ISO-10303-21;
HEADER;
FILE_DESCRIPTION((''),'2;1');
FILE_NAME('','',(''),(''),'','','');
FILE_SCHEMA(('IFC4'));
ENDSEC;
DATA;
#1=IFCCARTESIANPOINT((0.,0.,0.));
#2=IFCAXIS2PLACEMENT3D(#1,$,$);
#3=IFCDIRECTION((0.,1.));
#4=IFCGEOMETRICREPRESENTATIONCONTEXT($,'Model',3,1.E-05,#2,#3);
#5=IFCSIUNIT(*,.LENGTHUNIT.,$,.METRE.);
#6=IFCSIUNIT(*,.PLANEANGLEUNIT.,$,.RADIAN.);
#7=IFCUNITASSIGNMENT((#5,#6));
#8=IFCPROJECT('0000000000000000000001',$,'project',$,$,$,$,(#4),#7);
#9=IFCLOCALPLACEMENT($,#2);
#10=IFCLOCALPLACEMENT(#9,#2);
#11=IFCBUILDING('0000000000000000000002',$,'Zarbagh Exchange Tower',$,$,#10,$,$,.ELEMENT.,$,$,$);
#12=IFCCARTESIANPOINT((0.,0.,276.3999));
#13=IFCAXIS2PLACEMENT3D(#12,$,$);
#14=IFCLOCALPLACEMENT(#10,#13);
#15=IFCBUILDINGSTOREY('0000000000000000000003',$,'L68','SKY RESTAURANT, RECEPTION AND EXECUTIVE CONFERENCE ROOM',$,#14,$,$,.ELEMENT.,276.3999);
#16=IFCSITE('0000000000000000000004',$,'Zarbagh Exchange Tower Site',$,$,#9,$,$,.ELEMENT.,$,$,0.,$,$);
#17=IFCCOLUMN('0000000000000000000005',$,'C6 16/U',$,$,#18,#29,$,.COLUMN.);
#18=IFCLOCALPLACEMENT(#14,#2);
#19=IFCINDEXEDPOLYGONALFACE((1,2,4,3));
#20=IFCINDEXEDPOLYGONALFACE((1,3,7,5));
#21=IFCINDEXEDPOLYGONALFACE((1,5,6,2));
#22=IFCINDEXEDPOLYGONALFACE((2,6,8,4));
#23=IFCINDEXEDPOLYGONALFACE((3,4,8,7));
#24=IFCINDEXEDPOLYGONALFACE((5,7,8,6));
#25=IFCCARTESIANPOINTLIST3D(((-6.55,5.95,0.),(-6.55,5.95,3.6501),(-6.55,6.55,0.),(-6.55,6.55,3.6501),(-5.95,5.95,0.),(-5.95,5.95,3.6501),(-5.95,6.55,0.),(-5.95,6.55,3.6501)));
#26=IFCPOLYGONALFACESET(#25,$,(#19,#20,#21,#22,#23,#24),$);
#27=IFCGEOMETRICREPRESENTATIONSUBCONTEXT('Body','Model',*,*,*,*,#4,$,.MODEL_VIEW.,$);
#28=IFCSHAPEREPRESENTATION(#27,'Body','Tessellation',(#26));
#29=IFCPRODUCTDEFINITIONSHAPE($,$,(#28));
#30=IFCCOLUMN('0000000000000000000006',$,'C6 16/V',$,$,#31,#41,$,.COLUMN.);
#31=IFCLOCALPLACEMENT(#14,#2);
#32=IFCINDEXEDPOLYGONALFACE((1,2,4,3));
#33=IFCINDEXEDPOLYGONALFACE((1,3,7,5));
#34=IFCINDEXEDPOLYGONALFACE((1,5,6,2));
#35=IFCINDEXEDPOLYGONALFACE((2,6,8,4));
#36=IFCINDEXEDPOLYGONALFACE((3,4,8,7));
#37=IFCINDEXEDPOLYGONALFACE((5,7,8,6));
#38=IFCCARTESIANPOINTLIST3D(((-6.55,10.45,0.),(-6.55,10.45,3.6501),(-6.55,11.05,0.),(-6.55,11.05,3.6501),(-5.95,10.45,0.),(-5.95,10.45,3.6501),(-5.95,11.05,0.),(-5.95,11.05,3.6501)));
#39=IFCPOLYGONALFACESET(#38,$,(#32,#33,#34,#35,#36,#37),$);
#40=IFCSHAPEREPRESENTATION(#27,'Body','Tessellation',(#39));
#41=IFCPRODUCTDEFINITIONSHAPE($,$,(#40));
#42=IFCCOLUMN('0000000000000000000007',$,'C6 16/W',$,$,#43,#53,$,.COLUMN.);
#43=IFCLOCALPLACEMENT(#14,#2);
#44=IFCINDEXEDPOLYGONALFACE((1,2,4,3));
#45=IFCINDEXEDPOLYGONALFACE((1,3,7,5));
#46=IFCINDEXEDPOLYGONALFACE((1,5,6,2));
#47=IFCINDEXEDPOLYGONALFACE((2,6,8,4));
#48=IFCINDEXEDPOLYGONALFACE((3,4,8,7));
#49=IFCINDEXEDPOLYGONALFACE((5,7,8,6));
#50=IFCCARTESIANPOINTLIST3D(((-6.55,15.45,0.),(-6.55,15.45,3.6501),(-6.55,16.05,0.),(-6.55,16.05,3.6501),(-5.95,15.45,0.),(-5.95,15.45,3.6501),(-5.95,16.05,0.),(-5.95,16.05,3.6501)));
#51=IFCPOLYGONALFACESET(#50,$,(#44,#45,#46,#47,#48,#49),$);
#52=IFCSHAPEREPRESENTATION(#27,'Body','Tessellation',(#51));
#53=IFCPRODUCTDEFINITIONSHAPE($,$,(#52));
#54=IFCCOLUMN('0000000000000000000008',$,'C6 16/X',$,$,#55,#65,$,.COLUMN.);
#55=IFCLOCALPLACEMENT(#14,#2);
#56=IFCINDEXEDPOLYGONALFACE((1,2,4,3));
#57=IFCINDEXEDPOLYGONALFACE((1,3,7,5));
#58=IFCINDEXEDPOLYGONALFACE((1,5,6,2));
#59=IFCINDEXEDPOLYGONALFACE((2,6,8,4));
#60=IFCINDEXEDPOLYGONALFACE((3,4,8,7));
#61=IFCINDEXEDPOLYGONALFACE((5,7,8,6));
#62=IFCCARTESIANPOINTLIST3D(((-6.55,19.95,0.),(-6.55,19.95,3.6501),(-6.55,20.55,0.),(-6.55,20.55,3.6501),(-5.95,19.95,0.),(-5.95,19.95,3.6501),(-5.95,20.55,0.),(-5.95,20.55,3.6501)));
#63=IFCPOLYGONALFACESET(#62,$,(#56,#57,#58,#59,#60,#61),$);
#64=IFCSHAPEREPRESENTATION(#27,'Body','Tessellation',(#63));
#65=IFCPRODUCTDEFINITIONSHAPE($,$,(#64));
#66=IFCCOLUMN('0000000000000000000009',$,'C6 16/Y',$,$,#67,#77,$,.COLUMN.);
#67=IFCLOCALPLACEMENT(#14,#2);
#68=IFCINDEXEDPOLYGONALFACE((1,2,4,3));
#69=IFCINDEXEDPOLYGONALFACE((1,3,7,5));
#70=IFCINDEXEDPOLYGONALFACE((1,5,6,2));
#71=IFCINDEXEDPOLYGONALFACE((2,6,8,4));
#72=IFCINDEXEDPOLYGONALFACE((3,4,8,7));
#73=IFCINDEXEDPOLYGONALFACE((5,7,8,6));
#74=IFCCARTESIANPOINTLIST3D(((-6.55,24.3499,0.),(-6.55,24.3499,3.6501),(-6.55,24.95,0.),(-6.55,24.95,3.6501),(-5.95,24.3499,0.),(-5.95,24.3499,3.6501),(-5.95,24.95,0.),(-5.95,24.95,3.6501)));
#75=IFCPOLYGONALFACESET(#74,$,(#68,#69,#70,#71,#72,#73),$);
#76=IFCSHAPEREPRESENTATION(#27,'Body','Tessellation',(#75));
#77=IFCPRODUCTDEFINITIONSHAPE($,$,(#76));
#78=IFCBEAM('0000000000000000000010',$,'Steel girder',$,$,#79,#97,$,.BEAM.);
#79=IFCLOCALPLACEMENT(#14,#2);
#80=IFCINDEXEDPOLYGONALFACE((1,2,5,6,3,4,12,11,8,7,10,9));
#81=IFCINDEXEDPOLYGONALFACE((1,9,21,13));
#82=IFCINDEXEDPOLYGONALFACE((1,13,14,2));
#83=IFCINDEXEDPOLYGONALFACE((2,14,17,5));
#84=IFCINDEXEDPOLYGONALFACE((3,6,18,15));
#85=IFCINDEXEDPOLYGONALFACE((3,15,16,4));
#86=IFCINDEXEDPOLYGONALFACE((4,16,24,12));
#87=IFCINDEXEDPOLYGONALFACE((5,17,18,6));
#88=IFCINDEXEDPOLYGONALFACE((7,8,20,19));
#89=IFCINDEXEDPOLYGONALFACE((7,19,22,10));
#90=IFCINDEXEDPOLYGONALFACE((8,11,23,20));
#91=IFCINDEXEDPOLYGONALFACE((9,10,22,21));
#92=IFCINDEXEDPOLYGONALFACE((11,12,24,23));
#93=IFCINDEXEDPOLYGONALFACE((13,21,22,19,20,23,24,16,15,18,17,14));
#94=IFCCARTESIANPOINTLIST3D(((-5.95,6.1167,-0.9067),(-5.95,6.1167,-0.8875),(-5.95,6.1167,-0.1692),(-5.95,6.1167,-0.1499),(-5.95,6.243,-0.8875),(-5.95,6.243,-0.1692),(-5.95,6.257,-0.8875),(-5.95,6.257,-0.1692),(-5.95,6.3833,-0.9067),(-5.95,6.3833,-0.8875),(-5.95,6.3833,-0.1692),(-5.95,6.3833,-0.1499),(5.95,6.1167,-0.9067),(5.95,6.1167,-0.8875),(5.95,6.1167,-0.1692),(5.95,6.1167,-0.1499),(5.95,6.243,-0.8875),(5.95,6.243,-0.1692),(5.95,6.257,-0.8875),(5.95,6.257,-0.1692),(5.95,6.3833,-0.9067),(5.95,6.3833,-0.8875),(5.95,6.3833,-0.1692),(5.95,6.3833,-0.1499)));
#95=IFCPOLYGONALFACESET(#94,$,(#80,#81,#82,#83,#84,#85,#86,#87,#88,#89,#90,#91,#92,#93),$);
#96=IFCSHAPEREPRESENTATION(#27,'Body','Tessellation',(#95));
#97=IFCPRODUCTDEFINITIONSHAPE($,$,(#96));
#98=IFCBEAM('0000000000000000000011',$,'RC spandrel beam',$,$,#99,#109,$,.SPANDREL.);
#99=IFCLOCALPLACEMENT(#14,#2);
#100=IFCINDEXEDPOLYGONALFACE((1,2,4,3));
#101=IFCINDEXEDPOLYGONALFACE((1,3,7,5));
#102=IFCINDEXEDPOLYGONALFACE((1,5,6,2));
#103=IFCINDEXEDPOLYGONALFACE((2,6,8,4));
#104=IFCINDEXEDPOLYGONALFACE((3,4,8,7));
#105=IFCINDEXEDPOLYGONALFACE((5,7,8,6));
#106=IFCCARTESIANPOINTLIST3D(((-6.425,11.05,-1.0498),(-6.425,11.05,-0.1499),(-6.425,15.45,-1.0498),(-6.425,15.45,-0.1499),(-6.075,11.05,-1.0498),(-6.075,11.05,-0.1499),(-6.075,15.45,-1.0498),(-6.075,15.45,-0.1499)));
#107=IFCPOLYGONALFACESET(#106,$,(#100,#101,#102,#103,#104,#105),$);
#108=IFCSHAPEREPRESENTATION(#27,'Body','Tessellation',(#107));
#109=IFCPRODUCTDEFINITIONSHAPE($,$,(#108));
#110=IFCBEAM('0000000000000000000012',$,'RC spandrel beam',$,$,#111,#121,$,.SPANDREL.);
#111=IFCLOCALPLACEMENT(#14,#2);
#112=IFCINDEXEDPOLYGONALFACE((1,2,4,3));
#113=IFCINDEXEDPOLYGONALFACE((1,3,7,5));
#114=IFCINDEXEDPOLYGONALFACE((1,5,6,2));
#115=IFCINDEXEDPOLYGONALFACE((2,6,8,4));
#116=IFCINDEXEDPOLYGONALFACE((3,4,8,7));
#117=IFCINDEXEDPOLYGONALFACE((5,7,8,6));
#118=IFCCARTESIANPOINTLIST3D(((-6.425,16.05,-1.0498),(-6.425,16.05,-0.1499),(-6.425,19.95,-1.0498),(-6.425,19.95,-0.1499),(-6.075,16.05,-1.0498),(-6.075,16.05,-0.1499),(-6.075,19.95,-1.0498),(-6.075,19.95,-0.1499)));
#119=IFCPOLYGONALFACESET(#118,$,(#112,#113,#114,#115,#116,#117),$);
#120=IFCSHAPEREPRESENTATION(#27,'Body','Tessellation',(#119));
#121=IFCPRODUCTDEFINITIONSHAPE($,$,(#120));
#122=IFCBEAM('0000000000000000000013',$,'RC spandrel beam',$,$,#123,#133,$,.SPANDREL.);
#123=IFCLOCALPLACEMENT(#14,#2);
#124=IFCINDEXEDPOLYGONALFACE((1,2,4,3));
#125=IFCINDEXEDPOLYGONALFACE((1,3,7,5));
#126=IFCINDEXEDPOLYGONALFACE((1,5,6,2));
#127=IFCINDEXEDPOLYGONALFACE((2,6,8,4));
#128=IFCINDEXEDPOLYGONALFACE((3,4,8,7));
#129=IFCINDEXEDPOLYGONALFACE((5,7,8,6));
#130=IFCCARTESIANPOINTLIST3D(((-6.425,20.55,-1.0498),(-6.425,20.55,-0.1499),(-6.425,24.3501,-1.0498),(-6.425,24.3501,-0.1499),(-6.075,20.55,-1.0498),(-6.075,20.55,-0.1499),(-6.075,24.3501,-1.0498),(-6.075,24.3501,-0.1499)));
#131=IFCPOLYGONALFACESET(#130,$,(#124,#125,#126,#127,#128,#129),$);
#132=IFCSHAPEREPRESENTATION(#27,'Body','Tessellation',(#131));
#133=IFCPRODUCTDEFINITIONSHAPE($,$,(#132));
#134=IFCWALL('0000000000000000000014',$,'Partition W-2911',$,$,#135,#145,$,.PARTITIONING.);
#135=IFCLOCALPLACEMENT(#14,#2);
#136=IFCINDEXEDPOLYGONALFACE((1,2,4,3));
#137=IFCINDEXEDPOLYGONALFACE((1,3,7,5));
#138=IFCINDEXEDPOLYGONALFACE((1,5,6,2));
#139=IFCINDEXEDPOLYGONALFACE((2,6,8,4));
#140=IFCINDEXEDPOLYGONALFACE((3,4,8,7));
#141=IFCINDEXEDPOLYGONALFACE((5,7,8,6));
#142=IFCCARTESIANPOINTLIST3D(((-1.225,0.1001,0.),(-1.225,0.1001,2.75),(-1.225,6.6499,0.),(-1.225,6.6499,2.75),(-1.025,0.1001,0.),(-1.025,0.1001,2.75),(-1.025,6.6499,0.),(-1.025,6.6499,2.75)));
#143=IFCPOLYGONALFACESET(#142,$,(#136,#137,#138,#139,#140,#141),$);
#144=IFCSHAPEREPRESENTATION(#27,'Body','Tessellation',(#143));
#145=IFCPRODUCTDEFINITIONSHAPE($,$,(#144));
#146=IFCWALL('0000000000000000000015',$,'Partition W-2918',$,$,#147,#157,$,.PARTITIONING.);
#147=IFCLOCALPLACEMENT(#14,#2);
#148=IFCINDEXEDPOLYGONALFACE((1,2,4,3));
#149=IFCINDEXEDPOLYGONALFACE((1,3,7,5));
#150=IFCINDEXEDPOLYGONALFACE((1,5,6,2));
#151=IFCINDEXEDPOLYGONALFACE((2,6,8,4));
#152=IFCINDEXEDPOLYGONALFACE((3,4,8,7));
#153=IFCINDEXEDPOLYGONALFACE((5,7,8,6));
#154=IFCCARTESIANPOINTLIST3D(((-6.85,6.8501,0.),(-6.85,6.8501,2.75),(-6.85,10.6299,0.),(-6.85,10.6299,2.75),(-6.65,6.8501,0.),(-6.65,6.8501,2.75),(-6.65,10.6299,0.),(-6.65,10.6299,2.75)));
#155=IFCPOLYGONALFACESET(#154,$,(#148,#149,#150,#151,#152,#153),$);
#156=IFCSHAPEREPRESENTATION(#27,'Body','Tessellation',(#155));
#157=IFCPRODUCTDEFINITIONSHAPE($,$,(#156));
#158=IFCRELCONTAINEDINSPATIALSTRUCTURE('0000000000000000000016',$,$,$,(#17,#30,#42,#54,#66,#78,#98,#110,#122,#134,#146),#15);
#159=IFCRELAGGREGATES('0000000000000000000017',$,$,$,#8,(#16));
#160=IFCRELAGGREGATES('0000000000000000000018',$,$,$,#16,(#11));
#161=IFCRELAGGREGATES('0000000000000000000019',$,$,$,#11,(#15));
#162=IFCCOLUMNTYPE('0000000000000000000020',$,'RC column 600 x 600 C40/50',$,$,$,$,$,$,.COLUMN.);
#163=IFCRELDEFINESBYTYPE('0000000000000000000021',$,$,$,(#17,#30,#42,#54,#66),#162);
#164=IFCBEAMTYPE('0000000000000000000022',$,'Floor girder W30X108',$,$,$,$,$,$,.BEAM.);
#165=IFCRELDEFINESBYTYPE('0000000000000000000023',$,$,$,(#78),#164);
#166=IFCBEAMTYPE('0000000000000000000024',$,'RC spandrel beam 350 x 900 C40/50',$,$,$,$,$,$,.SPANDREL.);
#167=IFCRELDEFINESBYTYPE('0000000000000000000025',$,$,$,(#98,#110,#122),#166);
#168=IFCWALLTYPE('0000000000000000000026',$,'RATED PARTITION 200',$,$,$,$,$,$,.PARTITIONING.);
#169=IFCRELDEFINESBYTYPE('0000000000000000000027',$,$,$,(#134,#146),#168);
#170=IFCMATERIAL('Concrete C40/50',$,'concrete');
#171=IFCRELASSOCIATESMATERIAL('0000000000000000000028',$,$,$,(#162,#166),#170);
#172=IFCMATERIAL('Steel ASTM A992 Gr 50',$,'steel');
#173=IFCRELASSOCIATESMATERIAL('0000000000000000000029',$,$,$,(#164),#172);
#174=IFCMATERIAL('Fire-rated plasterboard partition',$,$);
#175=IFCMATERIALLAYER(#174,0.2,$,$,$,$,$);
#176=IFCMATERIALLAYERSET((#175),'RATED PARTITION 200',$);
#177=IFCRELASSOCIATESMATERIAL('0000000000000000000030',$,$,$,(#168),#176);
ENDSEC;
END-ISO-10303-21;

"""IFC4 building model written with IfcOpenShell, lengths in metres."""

from ifc_helpers import new_model, si_unit, direction, frame, frame_2d, origin, origin_2d, place, context, subcontext, project, spatial, rectangle, i_section, extrude, material, layer, layer_set, material_profile, profile_set, type_object, element, save


model = new_model("IFC4")

# Units and contexts
model_context = context("Model", 3, precision=1e-05, world=origin(), true_north=direction((0.0, 1.0)))
body_context = subcontext(model_context, "Body", "Model", "MODEL_VIEW")
ifc_project = project(units=[si_unit("LENGTHUNIT", "METRE"), si_unit("PLANEANGLEUNIT", "RADIAN")], contexts=[model_context])

# Site, building, storey
site_placement = place(None, origin())
site = spatial("IfcSite", under=ifc_project, at=site_placement, Name="Zarbagh Exchange Tower Site", CompositionType="ELEMENT", RefElevation=0.0)
building_placement = place(site_placement, origin())
building = spatial("IfcBuilding", under=site, at=building_placement, Name="Zarbagh Exchange Tower", CompositionType="ELEMENT")
storey_placement = place(building_placement, frame((0.0, 0.0, 276.3999)))
storey = spatial("IfcBuildingStorey", under=building, at=storey_placement, Name="L68", Description="SKY RESTAURANT, RECEPTION AND EXECUTIVE CONFERENCE ROOM", CompositionType="ELEMENT", Elevation=276.3999)

# Columns
ifc_material_1 = material(Name="Concrete C40/50", Category="concrete")
ifc_material_profile_1 = material_profile(ifc_material_1, rectangle(XDim=0.6001, YDim=0.6001, at=origin_2d()), Name="RC column 600 x 600 C40/50")
ifc_profile_set_1 = profile_set([ifc_material_profile_1], Name="Concrete C40/50")
column_type = type_object("IfcColumnType", Name="RC column 600 x 600 C40/50", PredefinedType="COLUMN", material=ifc_profile_set_1)
for number, where, z_axis, x_axis, name in (
    (1, (-6.25, 6.25, 0.0), (0.0, 0.0, 1.0), (1.0, 0.0, 0.0), "C6 16/U"),
    (2, (-6.25, 10.75, 0.0), (0.0, 0.0, 1.0), (1.0, 0.0, 0.0), "C6 16/V"),
    (3, (-6.25, 15.75, 0.0), (0.0, 0.0, 1.0), (1.0, 0.0, 0.0), "C6 16/W"),
    (4, (-6.25, 20.25, 0.0), (0.0, 0.0, 1.0), (1.0, 0.0, 0.0), "C6 16/X"),
    (5, (-6.25, 24.6499, 0.0), (0.0, 0.0, 1.0), (1.0, 0.0, 0.0), "C6 16/Y"),
):
    element("IfcColumn", number, at=place(storey_placement, frame(where, z_axis=z_axis, x_axis=x_axis)), inside=storey, type_object=column_type, Name=name, PredefinedType="COLUMN", context=body_context, shape_type="SweptSolid", body=[
        extrude(rectangle(XDim=0.6001, YDim=0.6001, at=origin_2d()), origin(), (0.0, 0.0, 1.0), 3.6501),
    ])

# Beams
ifc_material_2 = material(Name="Steel ASTM A992 Gr 50", Category="steel")
ifc_material_profile_2 = material_profile(ifc_material_2, i_section(OverallWidth=0.2666, OverallDepth=0.7568, WebThickness=0.0139, FlangeThickness=0.0193, at=origin_2d()), Name="W30X108")
ifc_profile_set_2 = profile_set([ifc_material_profile_2], Name="Steel ASTM A992 Gr 50")
beam_type_1 = type_object("IfcBeamType", Name="Floor girder W30X108", PredefinedType="BEAM", material=ifc_profile_set_2)
beam_1_placement = place(storey_placement, frame((-5.95, 6.25, -0.5283), z_axis=(1.0, 0.0, 0.0), x_axis=(0.0, 1.0, 0.0)))
element("IfcBeam", 6, at=beam_1_placement, inside=storey, type_object=beam_type_1, Name="Steel girder", PredefinedType="BEAM", context=body_context, shape_type="SweptSolid", body=[
    extrude(i_section(OverallWidth=0.2666, OverallDepth=0.7568, WebThickness=0.0139, FlangeThickness=0.0193, at=origin_2d()), origin(), (0.0, 0.0, 1.0), 11.8999),
])
ifc_material_profile_3 = material_profile(ifc_material_1, rectangle(XDim=0.3501, YDim=0.8999, at=origin_2d()), Name="RC spandrel beam 350 x 900 C40/50")
ifc_profile_set_3 = profile_set([ifc_material_profile_3], Name="Concrete C40/50")
beam_type_2 = type_object("IfcBeamType", Name="RC spandrel beam 350 x 900 C40/50", PredefinedType="SPANDREL", material=ifc_profile_set_3)
beam_2_placement = place(storey_placement, frame((-6.25, 11.05, -0.5999), z_axis=(0.0, 1.0, 0.0), x_axis=(-1.0, 0.0, 0.0)))
element("IfcBeam", 7, at=beam_2_placement, inside=storey, type_object=beam_type_2, Name="RC spandrel beam", PredefinedType="SPANDREL", context=body_context, shape_type="SweptSolid", body=[
    extrude(rectangle(XDim=0.3501, YDim=0.8999, at=origin_2d()), origin(), (0.0, 0.0, 1.0), 4.3999),
])
beam_3_placement = place(storey_placement, frame((-6.25, 16.05, -0.5999), z_axis=(0.0, 1.0, 0.0), x_axis=(-1.0, 0.0, 0.0)))
element("IfcBeam", 8, at=beam_3_placement, inside=storey, type_object=beam_type_2, Name="RC spandrel beam", PredefinedType="SPANDREL", context=body_context, shape_type="SweptSolid", body=[
    extrude(rectangle(XDim=0.3501, YDim=0.8999, at=origin_2d()), origin(), (0.0, 0.0, 1.0), 3.8999),
])
beam_4_placement = place(storey_placement, frame((-6.25, 20.55, -0.5999), z_axis=(0.0, 1.0, 0.0), x_axis=(-1.0, 0.0, 0.0)))
element("IfcBeam", 9, at=beam_4_placement, inside=storey, type_object=beam_type_2, Name="RC spandrel beam", PredefinedType="SPANDREL", context=body_context, shape_type="SweptSolid", body=[
    extrude(rectangle(XDim=0.3501, YDim=0.8999, at=origin_2d()), origin(), (0.0, 0.0, 1.0), 3.8),
])

# Walls
ifc_material_3 = material(Name="Fire-rated plasterboard partition")
ifc_layer_1 = layer(ifc_material_3, 0.2)
ifc_layer_set_1 = layer_set([ifc_layer_1], Name="RATED PARTITION 200")
wall_type_1 = type_object("IfcWallType", Name="RATED PARTITION 200", PredefinedType="PARTITIONING", material=ifc_layer_set_1)
wall_1_placement = place(storey_placement, frame((-1.125, 0.1001, 0.0), z_axis=(0.0, 0.0, 1.0), x_axis=(0.0, 1.0, 0.0)))
element("IfcWall", 10, at=wall_1_placement, inside=storey, type_object=wall_type_1, Name="Partition W-2911", PredefinedType="PARTITIONING", context=body_context, shape_type="SweptSolid", body=[
    extrude(rectangle(XDim=6.5498, YDim=0.2, at=frame_2d((3.2749, 0.0))), origin(), (0.0, 0.0, 1.0), 2.75),
])
wall_2_placement = place(storey_placement, frame((-6.75, 6.8501, 0.0), z_axis=(0.0, 0.0, 1.0), x_axis=(0.0, 1.0, 0.0)))
element("IfcWall", 11, at=wall_2_placement, inside=storey, type_object=wall_type_1, Name="Partition W-2918", PredefinedType="PARTITIONING", context=body_context, shape_type="SweptSolid", body=[
    extrude(rectangle(XDim=3.7798, YDim=0.2, at=frame_2d((1.8899, 0.0))), origin(), (0.0, 0.0, 1.0), 2.75),
])

save(model, "model.ifc")
